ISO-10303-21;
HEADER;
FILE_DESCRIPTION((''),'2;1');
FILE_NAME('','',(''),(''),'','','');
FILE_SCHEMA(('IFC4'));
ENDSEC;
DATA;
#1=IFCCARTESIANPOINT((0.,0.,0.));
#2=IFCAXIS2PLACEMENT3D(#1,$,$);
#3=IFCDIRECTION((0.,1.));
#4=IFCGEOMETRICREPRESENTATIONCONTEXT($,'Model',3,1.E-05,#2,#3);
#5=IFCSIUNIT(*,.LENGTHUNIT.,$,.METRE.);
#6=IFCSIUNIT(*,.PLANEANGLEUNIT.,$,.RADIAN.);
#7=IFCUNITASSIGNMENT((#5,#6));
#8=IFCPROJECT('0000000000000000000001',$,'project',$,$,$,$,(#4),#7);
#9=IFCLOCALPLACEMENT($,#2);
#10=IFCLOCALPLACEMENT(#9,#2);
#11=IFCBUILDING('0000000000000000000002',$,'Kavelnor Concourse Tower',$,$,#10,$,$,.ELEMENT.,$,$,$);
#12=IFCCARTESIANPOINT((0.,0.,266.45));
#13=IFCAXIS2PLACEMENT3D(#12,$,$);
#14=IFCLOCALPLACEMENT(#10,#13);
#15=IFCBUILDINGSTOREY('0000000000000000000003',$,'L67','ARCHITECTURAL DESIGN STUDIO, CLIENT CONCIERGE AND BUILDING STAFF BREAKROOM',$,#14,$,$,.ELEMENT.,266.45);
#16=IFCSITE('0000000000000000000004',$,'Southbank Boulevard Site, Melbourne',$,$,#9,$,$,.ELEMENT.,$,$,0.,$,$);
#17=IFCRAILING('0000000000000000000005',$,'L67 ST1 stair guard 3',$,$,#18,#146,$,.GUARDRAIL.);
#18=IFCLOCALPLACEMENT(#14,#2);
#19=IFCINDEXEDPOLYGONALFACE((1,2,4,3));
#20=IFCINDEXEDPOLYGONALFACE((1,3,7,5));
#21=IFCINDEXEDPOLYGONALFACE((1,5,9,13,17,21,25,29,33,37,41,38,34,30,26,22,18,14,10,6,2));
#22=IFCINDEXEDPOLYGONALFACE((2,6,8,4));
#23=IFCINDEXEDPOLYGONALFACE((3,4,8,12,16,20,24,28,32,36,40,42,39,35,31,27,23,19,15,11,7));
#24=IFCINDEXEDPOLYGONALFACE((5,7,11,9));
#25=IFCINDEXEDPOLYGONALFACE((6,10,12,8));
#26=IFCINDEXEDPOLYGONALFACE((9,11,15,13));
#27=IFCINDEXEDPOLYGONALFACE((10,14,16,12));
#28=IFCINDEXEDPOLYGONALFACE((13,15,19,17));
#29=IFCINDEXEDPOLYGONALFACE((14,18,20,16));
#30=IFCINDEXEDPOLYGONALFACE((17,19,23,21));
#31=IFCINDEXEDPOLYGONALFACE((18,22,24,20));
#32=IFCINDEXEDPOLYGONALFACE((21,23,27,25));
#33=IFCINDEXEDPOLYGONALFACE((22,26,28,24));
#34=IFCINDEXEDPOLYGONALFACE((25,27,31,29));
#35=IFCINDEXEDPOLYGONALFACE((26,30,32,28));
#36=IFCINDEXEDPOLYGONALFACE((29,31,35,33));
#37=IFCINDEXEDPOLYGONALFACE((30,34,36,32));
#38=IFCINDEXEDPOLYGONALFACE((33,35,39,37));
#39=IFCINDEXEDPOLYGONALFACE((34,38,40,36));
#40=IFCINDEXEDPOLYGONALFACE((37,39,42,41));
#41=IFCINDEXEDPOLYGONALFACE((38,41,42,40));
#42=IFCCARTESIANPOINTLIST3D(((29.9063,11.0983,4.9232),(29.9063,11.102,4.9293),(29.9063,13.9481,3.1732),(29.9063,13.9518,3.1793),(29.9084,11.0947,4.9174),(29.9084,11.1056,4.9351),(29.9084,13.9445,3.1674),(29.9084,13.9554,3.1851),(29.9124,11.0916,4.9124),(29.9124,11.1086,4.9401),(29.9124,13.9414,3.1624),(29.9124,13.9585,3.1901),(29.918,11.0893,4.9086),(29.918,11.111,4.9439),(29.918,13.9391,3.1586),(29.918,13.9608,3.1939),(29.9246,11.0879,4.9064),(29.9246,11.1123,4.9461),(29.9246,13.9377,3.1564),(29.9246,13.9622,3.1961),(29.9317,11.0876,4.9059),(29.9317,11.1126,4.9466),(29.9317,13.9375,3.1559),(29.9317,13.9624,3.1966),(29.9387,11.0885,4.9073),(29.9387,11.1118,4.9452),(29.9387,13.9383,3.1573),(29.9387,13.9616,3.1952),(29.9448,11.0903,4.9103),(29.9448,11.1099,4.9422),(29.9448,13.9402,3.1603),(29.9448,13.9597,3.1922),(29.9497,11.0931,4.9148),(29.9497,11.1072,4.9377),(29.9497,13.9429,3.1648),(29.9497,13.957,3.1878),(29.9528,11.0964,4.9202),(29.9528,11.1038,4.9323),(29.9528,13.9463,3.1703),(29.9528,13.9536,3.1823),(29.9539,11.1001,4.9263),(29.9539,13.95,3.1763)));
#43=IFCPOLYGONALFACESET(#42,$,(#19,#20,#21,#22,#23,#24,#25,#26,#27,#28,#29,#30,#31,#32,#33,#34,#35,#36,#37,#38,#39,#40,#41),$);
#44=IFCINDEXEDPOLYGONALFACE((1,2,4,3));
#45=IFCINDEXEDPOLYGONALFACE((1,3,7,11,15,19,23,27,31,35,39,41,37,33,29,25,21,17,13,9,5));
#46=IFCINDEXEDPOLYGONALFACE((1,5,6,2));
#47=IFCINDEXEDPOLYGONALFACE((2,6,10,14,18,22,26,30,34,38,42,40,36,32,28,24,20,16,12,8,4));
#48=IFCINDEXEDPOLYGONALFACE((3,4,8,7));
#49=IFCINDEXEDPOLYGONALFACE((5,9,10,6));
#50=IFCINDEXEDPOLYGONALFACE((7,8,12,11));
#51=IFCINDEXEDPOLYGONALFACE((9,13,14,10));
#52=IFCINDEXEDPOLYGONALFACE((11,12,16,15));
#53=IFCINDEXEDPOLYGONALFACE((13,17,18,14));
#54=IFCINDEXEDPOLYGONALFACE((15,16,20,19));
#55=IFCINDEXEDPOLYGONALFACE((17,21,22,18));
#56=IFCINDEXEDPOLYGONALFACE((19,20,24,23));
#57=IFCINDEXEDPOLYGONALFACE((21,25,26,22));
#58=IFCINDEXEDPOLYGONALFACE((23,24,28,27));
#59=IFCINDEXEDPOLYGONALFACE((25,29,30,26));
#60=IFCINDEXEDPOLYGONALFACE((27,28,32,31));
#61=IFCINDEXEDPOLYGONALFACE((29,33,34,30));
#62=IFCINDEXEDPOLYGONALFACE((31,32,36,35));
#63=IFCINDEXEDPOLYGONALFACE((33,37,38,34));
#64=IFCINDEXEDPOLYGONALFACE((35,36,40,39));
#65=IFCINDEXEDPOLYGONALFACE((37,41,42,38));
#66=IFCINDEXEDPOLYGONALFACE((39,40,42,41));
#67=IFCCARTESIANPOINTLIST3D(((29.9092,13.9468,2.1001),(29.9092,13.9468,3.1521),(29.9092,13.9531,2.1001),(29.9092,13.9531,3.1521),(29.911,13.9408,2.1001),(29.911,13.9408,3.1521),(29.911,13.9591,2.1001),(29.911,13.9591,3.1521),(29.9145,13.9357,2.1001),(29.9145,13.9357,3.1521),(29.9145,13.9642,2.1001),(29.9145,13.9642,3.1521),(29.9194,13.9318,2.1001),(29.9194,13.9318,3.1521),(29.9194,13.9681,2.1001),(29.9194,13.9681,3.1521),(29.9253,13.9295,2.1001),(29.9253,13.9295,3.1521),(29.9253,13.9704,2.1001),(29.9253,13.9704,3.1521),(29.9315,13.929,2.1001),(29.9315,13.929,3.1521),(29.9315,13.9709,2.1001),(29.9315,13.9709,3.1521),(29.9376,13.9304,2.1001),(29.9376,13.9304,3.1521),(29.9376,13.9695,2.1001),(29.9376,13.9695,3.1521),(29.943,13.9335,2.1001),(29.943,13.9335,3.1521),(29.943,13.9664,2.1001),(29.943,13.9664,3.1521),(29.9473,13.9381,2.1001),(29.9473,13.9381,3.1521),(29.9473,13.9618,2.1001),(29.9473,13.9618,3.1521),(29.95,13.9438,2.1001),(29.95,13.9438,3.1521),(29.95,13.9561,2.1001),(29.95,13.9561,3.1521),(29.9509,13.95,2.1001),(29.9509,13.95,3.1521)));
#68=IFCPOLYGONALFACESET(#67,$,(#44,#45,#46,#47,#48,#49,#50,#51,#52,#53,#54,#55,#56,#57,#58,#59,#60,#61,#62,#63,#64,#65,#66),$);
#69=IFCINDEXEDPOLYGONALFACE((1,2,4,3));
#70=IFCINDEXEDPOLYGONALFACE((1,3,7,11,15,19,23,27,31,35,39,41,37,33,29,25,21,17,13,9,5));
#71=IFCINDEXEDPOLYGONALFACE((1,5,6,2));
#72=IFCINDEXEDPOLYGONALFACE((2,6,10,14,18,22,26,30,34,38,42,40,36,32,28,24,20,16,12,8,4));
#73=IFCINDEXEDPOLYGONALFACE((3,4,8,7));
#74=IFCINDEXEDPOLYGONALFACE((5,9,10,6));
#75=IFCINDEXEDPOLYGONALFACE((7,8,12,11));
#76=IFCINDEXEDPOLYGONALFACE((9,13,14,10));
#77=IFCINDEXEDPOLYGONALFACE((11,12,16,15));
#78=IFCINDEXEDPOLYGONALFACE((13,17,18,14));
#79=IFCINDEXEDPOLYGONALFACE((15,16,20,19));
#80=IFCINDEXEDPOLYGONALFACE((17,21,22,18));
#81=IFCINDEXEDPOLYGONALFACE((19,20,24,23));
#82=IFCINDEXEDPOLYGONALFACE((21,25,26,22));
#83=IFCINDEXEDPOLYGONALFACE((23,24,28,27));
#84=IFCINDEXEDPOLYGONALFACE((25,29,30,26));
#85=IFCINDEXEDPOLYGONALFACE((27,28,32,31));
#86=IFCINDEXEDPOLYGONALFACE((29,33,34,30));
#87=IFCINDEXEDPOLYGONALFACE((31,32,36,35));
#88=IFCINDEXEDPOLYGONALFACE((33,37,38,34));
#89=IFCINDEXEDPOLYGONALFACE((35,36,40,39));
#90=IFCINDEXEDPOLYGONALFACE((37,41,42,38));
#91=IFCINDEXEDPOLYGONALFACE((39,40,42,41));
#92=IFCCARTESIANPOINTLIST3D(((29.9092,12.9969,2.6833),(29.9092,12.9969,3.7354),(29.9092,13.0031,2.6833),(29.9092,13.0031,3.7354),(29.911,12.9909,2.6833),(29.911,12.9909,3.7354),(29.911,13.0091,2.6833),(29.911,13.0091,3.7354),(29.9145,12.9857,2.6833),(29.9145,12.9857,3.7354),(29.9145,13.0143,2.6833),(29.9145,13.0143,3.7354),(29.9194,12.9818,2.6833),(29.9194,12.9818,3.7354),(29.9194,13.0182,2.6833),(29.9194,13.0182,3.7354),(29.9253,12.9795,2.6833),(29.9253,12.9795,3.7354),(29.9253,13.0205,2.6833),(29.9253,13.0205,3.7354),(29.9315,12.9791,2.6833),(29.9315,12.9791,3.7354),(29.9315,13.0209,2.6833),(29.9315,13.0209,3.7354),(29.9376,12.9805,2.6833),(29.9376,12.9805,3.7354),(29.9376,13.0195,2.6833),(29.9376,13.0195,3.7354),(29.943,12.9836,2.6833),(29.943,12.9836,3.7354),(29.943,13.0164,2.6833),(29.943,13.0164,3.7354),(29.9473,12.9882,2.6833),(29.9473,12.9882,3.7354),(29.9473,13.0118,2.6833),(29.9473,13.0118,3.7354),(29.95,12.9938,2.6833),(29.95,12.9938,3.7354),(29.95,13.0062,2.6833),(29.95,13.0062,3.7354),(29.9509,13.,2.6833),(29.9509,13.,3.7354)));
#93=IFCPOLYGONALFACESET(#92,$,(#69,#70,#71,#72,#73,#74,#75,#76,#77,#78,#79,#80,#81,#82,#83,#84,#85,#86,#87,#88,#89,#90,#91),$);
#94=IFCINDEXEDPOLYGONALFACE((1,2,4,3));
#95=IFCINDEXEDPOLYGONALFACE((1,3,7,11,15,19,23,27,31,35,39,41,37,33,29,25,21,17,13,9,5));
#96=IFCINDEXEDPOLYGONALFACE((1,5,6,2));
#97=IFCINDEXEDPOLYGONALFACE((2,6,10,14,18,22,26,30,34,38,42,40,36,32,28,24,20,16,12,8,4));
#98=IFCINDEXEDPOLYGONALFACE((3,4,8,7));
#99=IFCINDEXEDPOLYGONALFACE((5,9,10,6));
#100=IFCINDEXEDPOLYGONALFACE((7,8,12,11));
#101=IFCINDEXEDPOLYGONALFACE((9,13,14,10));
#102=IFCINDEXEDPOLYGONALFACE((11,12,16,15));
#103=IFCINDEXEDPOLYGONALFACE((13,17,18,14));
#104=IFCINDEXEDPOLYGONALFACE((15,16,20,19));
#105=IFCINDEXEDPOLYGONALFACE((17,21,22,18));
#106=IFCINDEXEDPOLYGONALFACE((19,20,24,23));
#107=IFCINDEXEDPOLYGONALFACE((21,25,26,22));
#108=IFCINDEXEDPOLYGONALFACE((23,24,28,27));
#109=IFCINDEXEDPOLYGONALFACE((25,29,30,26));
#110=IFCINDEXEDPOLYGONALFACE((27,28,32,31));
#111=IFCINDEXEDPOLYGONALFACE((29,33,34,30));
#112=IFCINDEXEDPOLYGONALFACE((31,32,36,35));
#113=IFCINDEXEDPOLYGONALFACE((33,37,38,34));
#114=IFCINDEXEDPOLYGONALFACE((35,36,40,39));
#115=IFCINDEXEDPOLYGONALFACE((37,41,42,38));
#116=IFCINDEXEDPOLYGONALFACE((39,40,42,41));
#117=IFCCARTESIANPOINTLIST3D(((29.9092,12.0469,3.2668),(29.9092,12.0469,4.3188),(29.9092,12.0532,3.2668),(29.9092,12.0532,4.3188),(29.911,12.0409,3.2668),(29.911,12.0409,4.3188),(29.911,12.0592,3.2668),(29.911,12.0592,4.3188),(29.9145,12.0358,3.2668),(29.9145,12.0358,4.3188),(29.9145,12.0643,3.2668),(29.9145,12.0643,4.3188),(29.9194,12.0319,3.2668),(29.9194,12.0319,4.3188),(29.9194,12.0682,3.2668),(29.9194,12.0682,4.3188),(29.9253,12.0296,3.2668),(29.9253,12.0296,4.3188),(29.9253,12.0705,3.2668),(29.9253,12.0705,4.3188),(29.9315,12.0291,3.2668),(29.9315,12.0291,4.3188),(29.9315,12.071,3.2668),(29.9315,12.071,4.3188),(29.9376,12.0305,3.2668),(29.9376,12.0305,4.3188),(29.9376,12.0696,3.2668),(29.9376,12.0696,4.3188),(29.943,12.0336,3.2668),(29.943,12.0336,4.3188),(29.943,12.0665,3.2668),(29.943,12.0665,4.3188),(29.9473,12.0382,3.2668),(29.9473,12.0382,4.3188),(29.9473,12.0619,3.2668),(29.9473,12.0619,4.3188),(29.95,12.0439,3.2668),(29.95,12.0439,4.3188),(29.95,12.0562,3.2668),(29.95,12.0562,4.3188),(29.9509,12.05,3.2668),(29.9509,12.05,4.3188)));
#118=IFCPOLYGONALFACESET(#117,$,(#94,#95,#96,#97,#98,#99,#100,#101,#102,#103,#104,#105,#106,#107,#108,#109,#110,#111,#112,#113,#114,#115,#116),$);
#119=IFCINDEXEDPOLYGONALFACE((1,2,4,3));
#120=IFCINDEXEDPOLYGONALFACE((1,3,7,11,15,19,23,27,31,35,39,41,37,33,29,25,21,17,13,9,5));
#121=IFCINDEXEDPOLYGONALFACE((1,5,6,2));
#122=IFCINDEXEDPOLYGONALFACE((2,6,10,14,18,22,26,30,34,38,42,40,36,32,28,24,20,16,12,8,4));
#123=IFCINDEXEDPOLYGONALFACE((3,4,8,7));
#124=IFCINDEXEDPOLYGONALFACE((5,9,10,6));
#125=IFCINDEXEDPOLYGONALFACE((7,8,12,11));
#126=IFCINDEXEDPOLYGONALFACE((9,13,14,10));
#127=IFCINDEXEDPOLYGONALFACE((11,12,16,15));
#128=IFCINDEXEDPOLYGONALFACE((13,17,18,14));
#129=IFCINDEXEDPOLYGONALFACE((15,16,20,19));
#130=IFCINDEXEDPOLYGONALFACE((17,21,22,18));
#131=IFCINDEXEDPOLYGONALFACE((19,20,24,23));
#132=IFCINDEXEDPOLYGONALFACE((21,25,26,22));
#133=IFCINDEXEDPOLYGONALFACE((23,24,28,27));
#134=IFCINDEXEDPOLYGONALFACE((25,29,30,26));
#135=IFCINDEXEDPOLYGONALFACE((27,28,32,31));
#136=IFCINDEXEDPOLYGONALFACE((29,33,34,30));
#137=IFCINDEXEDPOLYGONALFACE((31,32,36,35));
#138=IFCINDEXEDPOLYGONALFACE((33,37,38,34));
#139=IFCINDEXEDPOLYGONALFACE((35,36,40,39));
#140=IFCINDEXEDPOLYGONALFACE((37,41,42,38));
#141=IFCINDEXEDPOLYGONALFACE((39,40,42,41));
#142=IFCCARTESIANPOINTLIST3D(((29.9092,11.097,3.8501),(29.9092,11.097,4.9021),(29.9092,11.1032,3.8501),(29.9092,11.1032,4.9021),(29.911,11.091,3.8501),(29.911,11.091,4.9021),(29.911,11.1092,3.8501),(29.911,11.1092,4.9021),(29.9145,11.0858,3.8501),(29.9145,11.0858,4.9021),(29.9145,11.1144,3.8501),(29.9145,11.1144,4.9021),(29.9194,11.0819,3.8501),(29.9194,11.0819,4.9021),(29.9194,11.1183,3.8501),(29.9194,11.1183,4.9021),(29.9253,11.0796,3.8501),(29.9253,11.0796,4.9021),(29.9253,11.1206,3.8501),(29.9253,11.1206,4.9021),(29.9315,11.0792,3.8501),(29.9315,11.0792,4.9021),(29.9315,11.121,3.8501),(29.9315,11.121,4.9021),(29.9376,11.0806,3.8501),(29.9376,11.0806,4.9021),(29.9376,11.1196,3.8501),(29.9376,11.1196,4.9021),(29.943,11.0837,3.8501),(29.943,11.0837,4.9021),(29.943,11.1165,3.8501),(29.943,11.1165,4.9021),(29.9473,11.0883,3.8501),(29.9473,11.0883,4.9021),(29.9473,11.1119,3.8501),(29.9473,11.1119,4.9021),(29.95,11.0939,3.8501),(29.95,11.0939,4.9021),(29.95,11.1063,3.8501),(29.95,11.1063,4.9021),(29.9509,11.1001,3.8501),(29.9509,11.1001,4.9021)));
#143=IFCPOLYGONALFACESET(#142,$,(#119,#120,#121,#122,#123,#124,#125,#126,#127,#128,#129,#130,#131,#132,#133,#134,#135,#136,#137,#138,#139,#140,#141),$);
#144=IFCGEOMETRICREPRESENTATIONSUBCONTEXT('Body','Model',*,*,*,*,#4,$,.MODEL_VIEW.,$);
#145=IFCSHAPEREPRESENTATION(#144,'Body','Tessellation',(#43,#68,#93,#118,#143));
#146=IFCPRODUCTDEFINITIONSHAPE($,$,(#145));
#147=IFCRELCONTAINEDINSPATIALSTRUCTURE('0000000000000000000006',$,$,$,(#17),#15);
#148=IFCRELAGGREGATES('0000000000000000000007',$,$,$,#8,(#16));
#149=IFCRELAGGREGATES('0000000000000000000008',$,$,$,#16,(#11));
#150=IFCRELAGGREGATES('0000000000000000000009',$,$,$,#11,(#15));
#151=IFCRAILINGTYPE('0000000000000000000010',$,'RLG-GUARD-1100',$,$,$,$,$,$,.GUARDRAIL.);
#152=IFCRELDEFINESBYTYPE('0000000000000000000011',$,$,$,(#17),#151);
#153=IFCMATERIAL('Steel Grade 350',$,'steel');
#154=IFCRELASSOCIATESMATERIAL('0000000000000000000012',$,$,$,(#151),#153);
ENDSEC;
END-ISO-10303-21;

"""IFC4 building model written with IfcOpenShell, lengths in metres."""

from ifc_helpers import new_model, si_unit, direction, frame, origin, origin_2d, place, context, subcontext, project, spatial, circle, extrude, material, type_object, element, save


model = new_model("IFC4")

# Units and contexts
model_context = context("Model", 3, precision=1e-05, world=origin(), true_north=direction((0.0, 1.0)))
body_context = subcontext(model_context, "Body", "Model", "MODEL_VIEW")
ifc_project = project(units=[si_unit("LENGTHUNIT", "METRE"), si_unit("PLANEANGLEUNIT", "RADIAN")], contexts=[model_context])

# Site, building, storey
site_placement = place(None, origin())
site = spatial("IfcSite", under=ifc_project, at=site_placement, Name="Southbank Boulevard Site, Melbourne", CompositionType="ELEMENT", RefElevation=0.0)
building_placement = place(site_placement, origin())
building = spatial("IfcBuilding", under=site, at=building_placement, Name="Kavelnor Concourse Tower", CompositionType="ELEMENT")
storey_placement = place(building_placement, frame((0.0, 0.0, 266.45)))
storey = spatial("IfcBuildingStorey", under=building, at=storey_placement, Name="L67", Description="ARCHITECTURAL DESIGN STUDIO, CLIENT CONCIERGE AND BUILDING STAFF BREAKROOM", CompositionType="ELEMENT", Elevation=266.45)

# Shared definitions
ifc_material_1 = material(Name="Steel Grade 350", Category="steel")

# Railing
railing_type_1 = type_object("IfcRailingType", Name="RLG-GUARD-1100", PredefinedType="GUARDRAIL", material=ifc_material_1)
railing_1_placement = place(storey_placement, frame((29.9299, 13.95, 2.1001)))
element("IfcRailing", 1, at=railing_1_placement, inside=storey, type_object=railing_type_1, Name="L67 ST1 stair guard 3", PredefinedType="GUARDRAIL", context=body_context, shape_type="SweptSolid", body=[
    extrude(circle(Radius=0.0239, at=origin_2d()), frame((0.0, 0.0, 1.0762), z_axis=(0.0, -0.852159, 0.523283), x_axis=(1.0, 0.0, 0.0)), (0.0, 0.0, 1.0), 3.3442),
    extrude(circle(Radius=0.021, at=origin_2d()), origin(), (0.0, 0.0, 1.0), 1.052),
    extrude(circle(Radius=0.021, at=origin_2d()), frame((0.0, -0.95, 0.5833)), (0.0, 0.0, 1.0), 1.052),
    extrude(circle(Radius=0.021, at=origin_2d()), frame((0.0, -1.8999, 1.1667)), (0.0, 0.0, 1.0), 1.052),
    extrude(circle(Radius=0.021, at=origin_2d()), frame((0.0, -2.8499, 1.75)), (0.0, 0.0, 1.0), 1.052),
])

save(model, "model.ifc")
